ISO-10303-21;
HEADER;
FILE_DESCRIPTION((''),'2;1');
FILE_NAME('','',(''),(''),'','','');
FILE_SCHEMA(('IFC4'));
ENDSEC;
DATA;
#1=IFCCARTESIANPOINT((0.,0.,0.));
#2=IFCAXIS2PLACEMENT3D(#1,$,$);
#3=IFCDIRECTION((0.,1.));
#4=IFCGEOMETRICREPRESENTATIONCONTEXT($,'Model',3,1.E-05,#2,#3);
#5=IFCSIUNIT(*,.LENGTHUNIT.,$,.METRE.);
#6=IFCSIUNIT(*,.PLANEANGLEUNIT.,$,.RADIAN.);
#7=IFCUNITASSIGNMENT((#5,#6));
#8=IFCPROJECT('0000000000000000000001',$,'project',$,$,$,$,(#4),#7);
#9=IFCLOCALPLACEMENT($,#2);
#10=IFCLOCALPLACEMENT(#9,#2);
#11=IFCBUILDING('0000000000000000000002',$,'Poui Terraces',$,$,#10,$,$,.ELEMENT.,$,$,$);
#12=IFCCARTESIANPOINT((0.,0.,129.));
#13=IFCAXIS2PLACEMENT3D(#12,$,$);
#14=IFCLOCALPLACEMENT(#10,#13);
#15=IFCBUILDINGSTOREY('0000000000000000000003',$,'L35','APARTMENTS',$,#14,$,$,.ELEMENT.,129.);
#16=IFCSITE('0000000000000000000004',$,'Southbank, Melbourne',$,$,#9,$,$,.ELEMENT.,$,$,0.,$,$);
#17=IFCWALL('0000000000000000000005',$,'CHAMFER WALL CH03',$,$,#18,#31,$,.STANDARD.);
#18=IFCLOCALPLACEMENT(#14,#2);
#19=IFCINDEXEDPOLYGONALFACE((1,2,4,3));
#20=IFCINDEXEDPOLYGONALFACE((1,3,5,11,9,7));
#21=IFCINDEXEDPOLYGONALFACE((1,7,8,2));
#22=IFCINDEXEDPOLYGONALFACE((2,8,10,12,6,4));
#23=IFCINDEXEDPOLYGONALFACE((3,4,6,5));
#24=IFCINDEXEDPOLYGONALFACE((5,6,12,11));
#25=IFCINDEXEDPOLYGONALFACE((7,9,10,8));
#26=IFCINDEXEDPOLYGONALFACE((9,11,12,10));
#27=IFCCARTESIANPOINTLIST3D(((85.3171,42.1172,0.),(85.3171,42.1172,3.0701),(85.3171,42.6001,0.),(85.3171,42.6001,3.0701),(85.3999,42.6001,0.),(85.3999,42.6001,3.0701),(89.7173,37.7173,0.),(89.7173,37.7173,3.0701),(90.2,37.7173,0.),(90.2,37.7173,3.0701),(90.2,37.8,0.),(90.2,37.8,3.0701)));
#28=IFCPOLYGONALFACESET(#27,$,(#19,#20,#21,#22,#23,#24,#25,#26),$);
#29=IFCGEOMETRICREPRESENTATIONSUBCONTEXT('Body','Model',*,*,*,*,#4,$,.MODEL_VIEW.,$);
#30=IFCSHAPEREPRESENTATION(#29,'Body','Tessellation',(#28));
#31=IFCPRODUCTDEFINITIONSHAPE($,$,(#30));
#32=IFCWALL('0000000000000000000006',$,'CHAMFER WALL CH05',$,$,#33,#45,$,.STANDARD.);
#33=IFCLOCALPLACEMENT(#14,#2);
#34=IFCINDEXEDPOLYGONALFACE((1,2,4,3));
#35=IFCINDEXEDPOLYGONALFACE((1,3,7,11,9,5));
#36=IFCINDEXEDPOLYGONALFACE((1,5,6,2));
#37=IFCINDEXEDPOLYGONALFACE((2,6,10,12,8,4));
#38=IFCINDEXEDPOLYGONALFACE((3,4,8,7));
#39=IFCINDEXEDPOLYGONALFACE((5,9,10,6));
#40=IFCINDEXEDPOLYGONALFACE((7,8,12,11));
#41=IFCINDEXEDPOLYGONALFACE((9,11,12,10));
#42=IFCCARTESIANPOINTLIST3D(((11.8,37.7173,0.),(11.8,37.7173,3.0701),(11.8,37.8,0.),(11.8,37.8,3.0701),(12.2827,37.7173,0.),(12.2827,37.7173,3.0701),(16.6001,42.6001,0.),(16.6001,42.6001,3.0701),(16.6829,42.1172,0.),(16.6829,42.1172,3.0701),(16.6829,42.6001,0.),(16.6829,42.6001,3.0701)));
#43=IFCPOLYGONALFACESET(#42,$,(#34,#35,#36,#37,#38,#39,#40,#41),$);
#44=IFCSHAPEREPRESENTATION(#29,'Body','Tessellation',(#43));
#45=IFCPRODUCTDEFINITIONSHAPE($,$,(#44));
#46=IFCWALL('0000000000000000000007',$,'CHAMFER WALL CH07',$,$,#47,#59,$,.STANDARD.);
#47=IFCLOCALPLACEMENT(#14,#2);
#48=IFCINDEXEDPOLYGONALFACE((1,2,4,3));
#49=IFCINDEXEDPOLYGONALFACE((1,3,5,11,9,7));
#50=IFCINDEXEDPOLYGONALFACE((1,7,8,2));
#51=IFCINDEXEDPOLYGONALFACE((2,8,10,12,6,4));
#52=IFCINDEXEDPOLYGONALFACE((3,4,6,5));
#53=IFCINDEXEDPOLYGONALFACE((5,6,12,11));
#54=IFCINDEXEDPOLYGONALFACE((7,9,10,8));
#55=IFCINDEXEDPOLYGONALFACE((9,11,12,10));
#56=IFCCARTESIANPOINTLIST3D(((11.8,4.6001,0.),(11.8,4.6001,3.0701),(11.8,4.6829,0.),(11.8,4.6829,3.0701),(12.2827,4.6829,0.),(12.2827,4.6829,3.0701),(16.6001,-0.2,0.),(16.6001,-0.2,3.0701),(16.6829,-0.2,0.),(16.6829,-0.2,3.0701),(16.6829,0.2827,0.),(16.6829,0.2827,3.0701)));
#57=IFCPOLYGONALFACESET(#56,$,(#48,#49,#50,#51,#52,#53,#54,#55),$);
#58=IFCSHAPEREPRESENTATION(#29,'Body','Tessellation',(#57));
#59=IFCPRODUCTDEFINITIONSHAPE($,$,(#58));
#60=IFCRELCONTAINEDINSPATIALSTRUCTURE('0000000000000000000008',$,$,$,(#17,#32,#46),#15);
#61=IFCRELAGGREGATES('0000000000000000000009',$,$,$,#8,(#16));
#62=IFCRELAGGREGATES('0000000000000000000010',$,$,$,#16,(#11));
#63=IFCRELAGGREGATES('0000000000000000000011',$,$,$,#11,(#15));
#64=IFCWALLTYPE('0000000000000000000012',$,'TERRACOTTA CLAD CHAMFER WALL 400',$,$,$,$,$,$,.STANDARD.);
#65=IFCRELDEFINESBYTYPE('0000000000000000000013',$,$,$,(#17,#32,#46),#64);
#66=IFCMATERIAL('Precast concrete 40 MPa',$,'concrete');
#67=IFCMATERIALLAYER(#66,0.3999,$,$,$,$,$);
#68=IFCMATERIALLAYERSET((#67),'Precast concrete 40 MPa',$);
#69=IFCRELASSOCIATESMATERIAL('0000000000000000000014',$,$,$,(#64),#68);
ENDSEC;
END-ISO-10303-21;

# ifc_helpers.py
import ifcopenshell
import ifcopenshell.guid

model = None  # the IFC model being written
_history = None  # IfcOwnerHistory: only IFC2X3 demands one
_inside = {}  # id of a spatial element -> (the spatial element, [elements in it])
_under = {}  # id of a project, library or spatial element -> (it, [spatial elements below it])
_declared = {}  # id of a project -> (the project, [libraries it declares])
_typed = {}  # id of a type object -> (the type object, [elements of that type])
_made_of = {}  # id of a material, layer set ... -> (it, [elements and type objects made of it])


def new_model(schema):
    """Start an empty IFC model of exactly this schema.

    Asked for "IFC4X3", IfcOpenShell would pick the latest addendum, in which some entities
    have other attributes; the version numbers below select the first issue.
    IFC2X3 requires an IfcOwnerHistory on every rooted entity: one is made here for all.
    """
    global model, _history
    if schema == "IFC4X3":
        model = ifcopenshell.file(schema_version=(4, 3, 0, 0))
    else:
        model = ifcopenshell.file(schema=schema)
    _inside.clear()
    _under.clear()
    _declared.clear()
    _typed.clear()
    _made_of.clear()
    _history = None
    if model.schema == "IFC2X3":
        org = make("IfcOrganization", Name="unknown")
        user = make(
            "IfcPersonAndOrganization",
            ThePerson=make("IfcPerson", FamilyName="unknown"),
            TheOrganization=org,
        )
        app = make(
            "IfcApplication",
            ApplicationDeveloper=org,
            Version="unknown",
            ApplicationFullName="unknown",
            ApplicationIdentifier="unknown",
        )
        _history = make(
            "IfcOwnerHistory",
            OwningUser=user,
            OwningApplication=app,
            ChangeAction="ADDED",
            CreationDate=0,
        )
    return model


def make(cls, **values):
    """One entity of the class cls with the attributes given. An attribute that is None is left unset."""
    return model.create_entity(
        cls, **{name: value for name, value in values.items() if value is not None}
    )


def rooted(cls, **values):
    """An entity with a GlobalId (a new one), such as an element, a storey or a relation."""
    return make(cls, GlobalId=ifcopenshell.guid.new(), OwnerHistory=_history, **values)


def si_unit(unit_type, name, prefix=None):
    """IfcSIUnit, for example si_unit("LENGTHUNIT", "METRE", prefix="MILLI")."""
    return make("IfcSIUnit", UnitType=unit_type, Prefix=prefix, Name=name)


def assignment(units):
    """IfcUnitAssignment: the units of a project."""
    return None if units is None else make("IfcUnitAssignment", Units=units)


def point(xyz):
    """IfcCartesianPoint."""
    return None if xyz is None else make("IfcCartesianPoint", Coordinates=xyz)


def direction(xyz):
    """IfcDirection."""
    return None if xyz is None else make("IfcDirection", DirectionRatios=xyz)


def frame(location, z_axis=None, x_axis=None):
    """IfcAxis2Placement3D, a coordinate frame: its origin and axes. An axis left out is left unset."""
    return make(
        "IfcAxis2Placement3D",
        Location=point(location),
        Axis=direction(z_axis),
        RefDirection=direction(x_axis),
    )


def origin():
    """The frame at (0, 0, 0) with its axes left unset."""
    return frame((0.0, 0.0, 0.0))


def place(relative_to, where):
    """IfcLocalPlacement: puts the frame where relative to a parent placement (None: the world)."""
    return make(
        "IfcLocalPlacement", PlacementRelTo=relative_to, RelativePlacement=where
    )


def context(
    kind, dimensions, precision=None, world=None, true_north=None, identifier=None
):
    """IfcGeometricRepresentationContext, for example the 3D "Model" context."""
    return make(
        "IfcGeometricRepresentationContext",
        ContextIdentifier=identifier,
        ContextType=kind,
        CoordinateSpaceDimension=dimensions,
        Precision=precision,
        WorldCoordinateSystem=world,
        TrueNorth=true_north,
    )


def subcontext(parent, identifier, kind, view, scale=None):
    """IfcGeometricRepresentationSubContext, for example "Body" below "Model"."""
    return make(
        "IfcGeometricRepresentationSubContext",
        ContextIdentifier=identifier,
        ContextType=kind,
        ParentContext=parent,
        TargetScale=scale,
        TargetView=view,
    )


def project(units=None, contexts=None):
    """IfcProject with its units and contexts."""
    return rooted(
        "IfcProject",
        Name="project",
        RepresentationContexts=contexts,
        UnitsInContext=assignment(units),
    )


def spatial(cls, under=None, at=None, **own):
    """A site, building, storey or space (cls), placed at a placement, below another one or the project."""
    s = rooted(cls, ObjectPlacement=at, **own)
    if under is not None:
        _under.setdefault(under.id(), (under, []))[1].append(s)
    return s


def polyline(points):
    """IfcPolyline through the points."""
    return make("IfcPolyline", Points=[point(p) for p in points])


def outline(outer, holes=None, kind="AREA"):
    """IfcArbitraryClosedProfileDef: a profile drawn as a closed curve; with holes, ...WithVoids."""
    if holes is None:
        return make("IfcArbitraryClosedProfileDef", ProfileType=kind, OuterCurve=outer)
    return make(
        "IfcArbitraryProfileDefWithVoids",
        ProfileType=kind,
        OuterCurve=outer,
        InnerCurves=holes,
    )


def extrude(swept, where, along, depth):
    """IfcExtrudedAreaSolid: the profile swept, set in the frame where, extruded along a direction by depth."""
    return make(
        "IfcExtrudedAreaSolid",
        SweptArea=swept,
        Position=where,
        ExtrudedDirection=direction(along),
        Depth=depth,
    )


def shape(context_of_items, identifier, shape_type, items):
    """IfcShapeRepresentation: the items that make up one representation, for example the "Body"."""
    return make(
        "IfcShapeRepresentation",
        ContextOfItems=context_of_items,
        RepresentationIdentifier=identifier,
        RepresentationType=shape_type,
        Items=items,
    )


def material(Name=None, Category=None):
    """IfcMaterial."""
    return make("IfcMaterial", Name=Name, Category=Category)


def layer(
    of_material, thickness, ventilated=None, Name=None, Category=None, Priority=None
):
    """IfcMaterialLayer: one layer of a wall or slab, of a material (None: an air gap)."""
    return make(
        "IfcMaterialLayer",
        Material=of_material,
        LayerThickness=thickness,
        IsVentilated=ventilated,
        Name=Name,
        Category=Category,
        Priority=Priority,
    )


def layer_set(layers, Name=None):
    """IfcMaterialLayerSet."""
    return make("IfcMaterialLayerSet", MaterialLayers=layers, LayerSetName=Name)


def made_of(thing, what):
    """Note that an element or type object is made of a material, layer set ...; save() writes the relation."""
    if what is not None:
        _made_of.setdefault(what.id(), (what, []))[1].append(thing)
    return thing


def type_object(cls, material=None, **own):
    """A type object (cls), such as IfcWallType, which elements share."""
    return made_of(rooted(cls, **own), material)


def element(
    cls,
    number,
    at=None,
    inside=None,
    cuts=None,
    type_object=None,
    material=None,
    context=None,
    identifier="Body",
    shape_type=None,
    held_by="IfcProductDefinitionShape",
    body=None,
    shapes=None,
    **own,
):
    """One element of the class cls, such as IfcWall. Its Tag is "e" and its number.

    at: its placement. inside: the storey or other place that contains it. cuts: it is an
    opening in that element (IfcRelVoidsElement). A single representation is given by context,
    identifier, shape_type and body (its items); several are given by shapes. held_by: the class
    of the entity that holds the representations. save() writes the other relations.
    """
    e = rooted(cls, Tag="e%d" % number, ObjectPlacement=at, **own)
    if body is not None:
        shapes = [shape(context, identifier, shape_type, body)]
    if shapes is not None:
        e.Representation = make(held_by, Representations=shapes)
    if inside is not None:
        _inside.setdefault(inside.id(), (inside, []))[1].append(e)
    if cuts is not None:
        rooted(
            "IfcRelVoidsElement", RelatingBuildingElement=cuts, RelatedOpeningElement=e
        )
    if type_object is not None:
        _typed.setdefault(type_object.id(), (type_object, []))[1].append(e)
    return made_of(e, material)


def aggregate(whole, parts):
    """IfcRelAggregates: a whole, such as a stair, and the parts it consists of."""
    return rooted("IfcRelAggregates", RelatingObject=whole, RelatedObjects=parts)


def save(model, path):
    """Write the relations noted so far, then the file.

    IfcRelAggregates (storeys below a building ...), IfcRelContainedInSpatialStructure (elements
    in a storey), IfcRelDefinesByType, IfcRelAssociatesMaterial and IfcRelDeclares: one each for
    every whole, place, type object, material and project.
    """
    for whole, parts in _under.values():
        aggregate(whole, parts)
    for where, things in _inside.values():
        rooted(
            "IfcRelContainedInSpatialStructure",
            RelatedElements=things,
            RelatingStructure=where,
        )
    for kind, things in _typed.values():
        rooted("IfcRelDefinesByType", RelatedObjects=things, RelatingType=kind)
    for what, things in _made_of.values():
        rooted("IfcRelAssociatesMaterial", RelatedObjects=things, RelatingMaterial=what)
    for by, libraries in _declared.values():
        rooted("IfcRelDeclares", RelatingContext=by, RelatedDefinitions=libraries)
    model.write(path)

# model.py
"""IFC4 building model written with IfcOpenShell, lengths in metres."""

from ifc_helpers import new_model, si_unit, direction, frame, origin, place, context, subcontext, project, spatial, polyline, outline, extrude, material, layer, layer_set, type_object, element, save


model = new_model("IFC4")

# Units and contexts
model_context = context("Model", 3, precision=1e-05, world=origin(), true_north=direction((0.0, 1.0)))
body_context = subcontext(model_context, "Body", "Model", "MODEL_VIEW")
ifc_project = project(units=[si_unit("LENGTHUNIT", "METRE"), si_unit("PLANEANGLEUNIT", "RADIAN")], contexts=[model_context])

# Site, building, storey
site_placement = place(None, origin())
site = spatial("IfcSite", under=ifc_project, at=site_placement, Name="Southbank, Melbourne", CompositionType="ELEMENT", RefElevation=0.0)
building_placement = place(site_placement, origin())
building = spatial("IfcBuilding", under=site, at=building_placement, Name="Poui Terraces", CompositionType="ELEMENT")
storey_placement = place(building_placement, frame((0.0, 0.0, 129.0)))
storey = spatial("IfcBuildingStorey", under=building, at=storey_placement, Name="L35", Description="APARTMENTS", CompositionType="ELEMENT", Elevation=129.0)

# Shared definitions
ifc_material_1 = material(Name="Precast concrete 40 MPa", Category="concrete")

# Walls
ifc_layer_1 = layer(ifc_material_1, 0.3999)
ifc_layer_set_1 = layer_set([ifc_layer_1], Name="Precast concrete 40 MPa")
wall_type = type_object("IfcWallType", Name="TERRACOTTA CLAD CHAMFER WALL 400", PredefinedType="STANDARD", material=ifc_layer_set_1)
wall_1_placement = place(storey_placement, origin())
element("IfcWall", 1, at=wall_1_placement, inside=storey, type_object=wall_type, Name="CHAMFER WALL CH03", PredefinedType="STANDARD", context=body_context, shape_type="SweptSolid", body=[
    extrude(outline(polyline([(90.2, 37.7173), (90.2, 37.8), (85.3999, 42.6001), (85.3171, 42.6001), (85.3171, 42.1172), (89.7173, 37.7173), (90.2, 37.7173)])), origin(), (0.0, 0.0, 1.0), 3.0701),
])
wall_2_placement = place(storey_placement, origin())
element("IfcWall", 2, at=wall_2_placement, inside=storey, type_object=wall_type, Name="CHAMFER WALL CH05", PredefinedType="STANDARD", context=body_context, shape_type="SweptSolid", body=[
    extrude(outline(polyline([(16.6829, 42.6001), (16.6001, 42.6001), (11.8, 37.8), (11.8, 37.7173), (12.2827, 37.7173), (16.6829, 42.1172), (16.6829, 42.6001)])), origin(), (0.0, 0.0, 1.0), 3.0701),
])
wall_3_placement = place(storey_placement, origin())
element("IfcWall", 3, at=wall_3_placement, inside=storey, type_object=wall_type, Name="CHAMFER WALL CH07", PredefinedType="STANDARD", context=body_context, shape_type="SweptSolid", body=[
    extrude(outline(polyline([(11.8, 4.6829), (11.8, 4.6001), (16.6001, -0.2), (16.6829, -0.2), (16.6829, 0.2827), (12.2827, 4.6829), (11.8, 4.6829)])), origin(), (0.0, 0.0, 1.0), 3.0701),
])

save(model, "model.ifc")
